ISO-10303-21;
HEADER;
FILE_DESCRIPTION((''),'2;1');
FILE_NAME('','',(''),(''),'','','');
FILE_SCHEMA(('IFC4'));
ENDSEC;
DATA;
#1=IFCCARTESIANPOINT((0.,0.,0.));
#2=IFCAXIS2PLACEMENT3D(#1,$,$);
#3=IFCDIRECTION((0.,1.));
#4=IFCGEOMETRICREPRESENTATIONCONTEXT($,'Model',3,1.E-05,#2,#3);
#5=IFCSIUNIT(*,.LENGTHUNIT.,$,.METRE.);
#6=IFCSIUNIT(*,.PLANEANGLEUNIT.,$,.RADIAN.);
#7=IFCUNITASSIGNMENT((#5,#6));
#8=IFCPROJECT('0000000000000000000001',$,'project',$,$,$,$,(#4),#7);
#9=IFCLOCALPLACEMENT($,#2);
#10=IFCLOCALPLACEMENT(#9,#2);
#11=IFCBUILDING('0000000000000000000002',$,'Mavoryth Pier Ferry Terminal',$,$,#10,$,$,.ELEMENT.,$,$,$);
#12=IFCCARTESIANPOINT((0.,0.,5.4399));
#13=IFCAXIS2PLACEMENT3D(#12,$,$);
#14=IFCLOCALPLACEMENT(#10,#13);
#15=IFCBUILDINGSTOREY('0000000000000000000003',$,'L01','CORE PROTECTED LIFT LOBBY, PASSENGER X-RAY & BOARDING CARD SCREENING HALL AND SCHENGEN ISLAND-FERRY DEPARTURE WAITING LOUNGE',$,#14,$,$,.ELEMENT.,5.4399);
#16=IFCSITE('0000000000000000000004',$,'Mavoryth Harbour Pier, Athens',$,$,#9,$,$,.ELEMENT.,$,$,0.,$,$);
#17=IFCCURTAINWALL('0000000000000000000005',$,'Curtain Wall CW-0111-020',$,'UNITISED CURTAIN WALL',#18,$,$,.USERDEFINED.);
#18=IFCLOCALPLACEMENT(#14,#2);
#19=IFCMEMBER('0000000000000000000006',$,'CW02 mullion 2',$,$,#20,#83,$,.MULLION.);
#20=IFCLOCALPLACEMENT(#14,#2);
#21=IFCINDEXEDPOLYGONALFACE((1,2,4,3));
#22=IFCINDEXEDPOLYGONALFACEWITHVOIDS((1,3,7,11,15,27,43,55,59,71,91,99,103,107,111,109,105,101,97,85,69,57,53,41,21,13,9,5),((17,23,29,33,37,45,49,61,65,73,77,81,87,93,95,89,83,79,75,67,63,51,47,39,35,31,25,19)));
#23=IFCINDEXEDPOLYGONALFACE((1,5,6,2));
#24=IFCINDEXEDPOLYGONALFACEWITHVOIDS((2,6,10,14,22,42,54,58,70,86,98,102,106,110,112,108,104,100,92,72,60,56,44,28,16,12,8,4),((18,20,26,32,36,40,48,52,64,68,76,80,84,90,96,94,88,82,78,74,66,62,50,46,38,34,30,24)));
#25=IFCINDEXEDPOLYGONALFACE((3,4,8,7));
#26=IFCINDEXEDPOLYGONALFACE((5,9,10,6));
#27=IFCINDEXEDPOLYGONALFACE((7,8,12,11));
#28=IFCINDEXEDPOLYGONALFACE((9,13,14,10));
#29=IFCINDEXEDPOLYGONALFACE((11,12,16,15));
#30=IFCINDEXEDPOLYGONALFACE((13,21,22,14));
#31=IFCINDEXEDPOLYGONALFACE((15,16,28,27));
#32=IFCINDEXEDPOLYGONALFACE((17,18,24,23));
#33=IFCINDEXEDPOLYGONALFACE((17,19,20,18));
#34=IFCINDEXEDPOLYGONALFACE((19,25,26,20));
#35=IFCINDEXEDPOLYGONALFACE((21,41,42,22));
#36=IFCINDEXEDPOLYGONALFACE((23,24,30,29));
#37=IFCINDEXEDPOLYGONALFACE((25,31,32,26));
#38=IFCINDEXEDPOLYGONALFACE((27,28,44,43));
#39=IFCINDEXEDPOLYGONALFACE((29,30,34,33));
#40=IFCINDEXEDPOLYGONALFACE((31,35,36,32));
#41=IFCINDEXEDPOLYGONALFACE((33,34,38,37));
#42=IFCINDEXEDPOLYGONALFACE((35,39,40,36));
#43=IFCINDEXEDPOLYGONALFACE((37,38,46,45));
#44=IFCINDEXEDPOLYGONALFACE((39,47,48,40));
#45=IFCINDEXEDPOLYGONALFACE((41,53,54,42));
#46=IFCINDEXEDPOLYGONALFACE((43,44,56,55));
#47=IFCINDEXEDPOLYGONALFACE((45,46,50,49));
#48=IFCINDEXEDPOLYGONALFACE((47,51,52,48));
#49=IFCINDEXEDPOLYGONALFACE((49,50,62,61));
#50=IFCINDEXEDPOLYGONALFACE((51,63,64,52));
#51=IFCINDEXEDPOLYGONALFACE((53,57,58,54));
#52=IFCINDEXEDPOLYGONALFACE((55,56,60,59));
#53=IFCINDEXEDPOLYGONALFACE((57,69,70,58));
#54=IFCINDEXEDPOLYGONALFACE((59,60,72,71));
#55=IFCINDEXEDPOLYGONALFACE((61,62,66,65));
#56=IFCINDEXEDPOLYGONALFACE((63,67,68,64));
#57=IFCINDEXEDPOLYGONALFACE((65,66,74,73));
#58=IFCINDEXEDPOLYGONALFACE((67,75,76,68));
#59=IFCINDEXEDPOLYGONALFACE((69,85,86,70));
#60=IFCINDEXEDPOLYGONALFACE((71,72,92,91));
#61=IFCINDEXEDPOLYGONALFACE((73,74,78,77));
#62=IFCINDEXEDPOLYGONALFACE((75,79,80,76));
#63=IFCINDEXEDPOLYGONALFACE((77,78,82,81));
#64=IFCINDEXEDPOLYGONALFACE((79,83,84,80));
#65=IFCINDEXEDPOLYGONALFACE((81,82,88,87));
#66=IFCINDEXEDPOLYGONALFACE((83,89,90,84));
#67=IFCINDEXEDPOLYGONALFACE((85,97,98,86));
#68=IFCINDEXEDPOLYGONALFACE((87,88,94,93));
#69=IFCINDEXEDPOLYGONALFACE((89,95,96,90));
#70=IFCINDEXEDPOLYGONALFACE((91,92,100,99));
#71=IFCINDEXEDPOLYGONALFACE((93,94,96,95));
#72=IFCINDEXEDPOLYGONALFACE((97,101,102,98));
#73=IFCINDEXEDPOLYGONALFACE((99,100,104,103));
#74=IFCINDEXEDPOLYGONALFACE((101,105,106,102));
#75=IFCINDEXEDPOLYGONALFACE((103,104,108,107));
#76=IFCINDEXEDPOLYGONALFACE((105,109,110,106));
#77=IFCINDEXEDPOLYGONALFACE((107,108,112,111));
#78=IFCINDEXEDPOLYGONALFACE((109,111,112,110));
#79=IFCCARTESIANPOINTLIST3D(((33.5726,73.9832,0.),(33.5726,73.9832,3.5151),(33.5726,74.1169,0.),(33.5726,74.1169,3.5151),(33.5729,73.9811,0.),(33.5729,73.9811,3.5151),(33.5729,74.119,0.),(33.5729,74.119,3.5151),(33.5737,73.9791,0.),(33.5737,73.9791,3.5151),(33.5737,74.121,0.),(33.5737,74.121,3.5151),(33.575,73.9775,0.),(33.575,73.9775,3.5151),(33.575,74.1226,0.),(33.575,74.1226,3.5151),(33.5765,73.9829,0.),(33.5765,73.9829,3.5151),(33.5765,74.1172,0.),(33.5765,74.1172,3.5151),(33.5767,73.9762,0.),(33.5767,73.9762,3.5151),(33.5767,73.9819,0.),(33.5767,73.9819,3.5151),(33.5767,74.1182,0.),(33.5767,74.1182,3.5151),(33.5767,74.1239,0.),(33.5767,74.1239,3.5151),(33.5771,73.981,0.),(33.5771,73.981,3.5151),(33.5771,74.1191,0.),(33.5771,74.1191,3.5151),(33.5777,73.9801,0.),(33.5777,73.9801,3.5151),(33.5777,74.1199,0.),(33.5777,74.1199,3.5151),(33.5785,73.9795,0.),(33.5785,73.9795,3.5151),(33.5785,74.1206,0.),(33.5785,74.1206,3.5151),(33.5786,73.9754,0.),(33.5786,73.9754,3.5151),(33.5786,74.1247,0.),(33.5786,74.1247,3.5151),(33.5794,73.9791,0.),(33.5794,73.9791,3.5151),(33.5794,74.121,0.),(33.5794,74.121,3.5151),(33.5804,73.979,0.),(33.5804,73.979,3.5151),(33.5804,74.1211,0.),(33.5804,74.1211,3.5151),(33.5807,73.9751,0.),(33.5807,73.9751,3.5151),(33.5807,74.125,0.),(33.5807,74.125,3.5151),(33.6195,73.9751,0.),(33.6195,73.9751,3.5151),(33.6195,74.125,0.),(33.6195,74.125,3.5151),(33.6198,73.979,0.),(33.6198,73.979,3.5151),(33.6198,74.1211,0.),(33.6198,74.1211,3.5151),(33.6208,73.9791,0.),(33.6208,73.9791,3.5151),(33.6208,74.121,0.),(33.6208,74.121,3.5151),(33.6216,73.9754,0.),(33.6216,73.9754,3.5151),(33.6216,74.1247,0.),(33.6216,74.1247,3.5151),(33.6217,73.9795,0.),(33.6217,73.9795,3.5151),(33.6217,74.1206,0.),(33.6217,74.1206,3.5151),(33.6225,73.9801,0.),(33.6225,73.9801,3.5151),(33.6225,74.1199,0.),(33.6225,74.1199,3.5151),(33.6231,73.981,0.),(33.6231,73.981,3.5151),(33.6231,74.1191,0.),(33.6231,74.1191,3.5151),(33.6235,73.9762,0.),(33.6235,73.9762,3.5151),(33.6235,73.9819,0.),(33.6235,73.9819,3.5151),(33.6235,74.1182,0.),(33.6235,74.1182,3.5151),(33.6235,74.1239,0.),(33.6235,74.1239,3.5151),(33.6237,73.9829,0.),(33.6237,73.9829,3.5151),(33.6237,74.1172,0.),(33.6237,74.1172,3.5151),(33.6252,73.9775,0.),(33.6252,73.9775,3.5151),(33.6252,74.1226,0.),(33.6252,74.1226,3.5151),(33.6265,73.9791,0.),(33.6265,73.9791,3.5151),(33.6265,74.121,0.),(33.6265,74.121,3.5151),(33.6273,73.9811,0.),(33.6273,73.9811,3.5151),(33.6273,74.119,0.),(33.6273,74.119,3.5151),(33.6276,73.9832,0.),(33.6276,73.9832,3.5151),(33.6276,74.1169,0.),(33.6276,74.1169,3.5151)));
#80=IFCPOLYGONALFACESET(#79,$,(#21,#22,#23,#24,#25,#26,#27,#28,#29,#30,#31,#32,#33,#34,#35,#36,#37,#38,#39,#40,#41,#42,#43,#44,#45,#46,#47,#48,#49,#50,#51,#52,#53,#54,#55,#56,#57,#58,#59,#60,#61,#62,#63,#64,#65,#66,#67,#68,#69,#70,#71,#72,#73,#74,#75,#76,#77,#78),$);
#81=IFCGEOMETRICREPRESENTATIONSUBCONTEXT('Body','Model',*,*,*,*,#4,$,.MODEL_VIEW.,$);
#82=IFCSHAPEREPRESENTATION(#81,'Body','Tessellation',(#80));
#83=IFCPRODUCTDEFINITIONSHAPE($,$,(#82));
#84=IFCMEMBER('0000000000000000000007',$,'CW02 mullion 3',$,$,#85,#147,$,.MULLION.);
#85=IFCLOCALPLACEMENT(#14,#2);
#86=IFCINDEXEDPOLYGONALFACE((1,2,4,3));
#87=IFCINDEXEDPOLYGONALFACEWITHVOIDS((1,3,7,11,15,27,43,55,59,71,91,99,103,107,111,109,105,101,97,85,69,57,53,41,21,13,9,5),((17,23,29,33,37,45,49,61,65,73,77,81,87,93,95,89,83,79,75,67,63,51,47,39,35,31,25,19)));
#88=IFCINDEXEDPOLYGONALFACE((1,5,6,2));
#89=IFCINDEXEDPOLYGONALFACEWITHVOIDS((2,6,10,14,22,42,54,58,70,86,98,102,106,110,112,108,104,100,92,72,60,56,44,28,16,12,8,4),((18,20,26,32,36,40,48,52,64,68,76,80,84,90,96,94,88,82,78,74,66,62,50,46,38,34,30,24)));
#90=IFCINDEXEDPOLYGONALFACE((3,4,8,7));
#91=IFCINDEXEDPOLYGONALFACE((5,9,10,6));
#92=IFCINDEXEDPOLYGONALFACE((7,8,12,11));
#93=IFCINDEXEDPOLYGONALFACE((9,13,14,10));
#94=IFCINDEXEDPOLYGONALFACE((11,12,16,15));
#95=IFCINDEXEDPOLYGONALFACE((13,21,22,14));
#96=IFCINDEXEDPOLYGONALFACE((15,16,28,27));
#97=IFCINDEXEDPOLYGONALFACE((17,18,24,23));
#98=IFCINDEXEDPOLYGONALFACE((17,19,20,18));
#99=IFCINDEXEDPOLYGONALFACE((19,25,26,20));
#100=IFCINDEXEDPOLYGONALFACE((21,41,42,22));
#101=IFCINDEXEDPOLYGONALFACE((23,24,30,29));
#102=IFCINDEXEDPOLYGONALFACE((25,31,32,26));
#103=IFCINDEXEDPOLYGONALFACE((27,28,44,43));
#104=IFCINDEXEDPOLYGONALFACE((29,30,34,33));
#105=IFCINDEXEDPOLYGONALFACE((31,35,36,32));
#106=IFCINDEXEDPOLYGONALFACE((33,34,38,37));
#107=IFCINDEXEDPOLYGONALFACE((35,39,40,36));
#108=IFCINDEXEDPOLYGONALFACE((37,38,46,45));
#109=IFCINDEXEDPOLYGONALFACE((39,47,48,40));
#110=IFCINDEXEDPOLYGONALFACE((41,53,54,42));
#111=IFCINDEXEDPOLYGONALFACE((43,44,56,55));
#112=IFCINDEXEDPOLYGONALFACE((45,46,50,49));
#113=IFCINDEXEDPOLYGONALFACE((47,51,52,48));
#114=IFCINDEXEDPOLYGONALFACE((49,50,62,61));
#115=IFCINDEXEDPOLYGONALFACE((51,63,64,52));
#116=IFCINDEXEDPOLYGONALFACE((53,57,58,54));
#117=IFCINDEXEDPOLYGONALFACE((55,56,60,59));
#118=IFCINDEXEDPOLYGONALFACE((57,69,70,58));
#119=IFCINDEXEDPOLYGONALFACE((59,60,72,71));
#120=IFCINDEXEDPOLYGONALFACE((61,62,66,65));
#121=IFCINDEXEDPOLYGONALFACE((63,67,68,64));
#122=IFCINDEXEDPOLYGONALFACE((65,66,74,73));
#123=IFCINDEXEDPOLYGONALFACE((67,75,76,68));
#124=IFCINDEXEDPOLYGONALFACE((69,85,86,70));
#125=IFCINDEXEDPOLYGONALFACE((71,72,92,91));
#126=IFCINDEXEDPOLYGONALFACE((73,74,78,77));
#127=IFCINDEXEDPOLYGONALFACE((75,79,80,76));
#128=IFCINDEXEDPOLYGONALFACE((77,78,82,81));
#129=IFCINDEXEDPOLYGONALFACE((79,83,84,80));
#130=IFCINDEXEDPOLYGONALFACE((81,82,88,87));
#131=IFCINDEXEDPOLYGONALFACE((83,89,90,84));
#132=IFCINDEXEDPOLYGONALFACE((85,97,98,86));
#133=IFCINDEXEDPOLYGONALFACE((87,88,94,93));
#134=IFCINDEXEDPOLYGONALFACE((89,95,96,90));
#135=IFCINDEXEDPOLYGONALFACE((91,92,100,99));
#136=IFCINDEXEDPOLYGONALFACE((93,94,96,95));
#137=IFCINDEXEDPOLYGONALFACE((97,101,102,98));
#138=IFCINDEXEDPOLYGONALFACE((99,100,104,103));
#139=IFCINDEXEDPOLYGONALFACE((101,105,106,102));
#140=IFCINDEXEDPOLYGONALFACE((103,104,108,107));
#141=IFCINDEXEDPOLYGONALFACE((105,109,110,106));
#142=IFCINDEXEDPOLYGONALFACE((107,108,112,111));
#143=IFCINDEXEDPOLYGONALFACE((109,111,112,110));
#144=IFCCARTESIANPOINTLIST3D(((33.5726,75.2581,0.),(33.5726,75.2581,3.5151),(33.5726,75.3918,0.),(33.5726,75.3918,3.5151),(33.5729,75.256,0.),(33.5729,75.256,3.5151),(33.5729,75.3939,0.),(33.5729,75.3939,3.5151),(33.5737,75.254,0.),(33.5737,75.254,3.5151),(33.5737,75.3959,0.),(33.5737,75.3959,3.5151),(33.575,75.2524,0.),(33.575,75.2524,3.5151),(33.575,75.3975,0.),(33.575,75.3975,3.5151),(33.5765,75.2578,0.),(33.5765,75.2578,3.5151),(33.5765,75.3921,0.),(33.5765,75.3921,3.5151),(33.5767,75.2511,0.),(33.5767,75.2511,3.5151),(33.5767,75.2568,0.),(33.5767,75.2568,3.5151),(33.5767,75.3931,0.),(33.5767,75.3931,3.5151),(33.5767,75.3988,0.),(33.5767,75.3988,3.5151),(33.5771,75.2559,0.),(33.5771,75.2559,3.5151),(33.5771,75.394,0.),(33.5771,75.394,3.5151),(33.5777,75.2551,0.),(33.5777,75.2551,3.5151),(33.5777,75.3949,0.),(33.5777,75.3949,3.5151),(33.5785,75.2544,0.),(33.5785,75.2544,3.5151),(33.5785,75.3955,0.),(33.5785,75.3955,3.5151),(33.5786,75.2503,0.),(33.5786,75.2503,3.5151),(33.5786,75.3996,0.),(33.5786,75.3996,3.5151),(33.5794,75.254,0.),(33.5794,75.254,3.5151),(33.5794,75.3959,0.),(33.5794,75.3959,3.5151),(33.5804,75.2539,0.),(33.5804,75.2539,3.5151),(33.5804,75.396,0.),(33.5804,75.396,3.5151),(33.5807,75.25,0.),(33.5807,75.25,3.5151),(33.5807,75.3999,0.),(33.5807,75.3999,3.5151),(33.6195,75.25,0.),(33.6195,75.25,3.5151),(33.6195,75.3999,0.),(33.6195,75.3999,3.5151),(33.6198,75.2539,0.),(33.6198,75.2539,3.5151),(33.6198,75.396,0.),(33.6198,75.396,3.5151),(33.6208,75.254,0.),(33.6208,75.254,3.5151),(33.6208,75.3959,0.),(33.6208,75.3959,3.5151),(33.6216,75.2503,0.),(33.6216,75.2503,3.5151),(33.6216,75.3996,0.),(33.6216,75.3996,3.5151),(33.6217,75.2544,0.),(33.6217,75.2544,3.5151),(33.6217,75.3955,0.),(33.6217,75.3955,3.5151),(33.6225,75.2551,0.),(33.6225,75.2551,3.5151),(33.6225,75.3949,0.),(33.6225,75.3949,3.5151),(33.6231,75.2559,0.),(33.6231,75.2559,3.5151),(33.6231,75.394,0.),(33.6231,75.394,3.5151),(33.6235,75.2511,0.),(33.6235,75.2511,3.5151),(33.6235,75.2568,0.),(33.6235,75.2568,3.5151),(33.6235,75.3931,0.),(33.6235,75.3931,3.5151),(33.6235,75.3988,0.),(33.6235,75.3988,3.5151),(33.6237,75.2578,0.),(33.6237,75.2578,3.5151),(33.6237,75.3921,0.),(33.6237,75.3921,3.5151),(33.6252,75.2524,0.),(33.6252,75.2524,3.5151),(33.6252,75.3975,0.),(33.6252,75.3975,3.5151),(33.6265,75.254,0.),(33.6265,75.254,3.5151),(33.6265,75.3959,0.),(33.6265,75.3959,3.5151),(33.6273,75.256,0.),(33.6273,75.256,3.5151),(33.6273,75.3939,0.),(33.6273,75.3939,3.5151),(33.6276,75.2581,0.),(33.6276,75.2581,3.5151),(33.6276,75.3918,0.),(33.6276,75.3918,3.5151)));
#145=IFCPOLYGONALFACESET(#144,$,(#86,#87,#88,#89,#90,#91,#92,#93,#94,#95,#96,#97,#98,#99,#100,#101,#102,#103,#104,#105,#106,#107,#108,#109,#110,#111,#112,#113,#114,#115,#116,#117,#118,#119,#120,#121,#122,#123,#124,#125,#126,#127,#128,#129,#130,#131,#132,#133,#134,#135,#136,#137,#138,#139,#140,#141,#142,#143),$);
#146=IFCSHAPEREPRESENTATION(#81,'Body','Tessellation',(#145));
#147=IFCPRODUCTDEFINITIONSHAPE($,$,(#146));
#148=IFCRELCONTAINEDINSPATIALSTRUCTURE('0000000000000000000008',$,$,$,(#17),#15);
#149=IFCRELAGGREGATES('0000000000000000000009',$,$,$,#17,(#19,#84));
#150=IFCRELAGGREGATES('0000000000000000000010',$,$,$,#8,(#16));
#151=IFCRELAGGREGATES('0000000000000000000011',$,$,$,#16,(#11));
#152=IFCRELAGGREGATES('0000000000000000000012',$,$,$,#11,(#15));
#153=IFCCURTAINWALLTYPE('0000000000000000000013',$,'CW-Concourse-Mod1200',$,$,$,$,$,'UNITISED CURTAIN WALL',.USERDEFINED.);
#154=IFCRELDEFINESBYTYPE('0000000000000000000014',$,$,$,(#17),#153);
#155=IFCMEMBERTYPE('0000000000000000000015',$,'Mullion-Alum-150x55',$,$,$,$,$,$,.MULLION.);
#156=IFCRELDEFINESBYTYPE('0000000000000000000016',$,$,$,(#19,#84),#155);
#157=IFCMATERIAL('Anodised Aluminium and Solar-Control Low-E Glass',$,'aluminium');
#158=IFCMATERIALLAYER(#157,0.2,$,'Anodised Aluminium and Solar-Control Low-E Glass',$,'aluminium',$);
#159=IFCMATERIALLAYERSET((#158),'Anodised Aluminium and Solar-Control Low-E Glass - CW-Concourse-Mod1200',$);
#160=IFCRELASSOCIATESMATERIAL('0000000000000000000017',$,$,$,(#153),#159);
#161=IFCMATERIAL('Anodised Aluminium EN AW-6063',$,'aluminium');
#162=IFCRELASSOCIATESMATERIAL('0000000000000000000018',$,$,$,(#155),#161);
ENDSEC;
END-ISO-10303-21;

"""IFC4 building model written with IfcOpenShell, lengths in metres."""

from ifc_helpers import new_model, si_unit, direction, frame, origin, origin_2d, place, context, subcontext, project, spatial, hollow_rectangle, extrude, material, layer, layer_set, material_profile, profile_set, type_object, element, aggregate, save


model = new_model("IFC4")

# Units and contexts
model_context = context("Model", 3, precision=1e-05, world=origin(), true_north=direction((0.0, 1.0)))
body_context = subcontext(model_context, "Body", "Model", "MODEL_VIEW")
ifc_project = project(units=[si_unit("LENGTHUNIT", "METRE"), si_unit("PLANEANGLEUNIT", "RADIAN")], contexts=[model_context])

# Site, building, storey
site_placement = place(None, origin())
site = spatial("IfcSite", under=ifc_project, at=site_placement, Name="Mavoryth Harbour Pier, Athens", CompositionType="ELEMENT", RefElevation=0.0)
building_placement = place(site_placement, origin())
building = spatial("IfcBuilding", under=site, at=building_placement, Name="Mavoryth Pier Ferry Terminal", CompositionType="ELEMENT")
storey_placement = place(building_placement, frame((0.0, 0.0, 5.4399)))
storey = spatial("IfcBuildingStorey", under=building, at=storey_placement, Name="L01", Description="CORE PROTECTED LIFT LOBBY, PASSENGER X-RAY & BOARDING CARD SCREENING HALL AND SCHENGEN ISLAND-FERRY DEPARTURE WAITING LOUNGE", CompositionType="ELEMENT", Elevation=5.4399)

# Curtain wall, members
ifc_material_1 = material(Name="Anodised Aluminium and Solar-Control Low-E Glass", Category="aluminium")
ifc_layer_1 = layer(ifc_material_1, 0.2, Name="Anodised Aluminium and Solar-Control Low-E Glass", Category="aluminium")
ifc_layer_set_1 = layer_set([ifc_layer_1], Name="Anodised Aluminium and Solar-Control Low-E Glass - CW-Concourse-Mod1200")
curtain_wall_type = type_object("IfcCurtainWallType", Name="CW-Concourse-Mod1200", ElementType="UNITISED CURTAIN WALL", PredefinedType="USERDEFINED", material=ifc_layer_set_1)
curtain_wall_placement = place(storey_placement, origin())
curtain_wall = element("IfcCurtainWall", 1, at=curtain_wall_placement, inside=storey, type_object=curtain_wall_type, Name="Curtain Wall CW-0111-020", ObjectType="UNITISED CURTAIN WALL", PredefinedType="USERDEFINED")
ifc_material_2 = material(Name="Anodised Aluminium EN AW-6063", Category="aluminium")
ifc_material_profile_1 = material_profile(ifc_material_2, hollow_rectangle(XDim=0.0549, YDim=0.1499, WallThickness=0.0039, InnerFilletRadius=0.0039, OuterFilletRadius=0.0081, at=origin_2d()), Name="AL-MULL 150x55x4", Category="aluminium")
ifc_profile_set_1 = profile_set([ifc_material_profile_1], Name="Anodised Aluminium EN AW-6063 - AL-MULL 150x55x4")
member_type_1 = type_object("IfcMemberType", Name="Mullion-Alum-150x55", PredefinedType="MULLION", material=ifc_profile_set_1)
member_1_placement = place(storey_placement, frame((33.6001, 74.05, 0.0), z_axis=(0.0, 0.0, 1.0), x_axis=(-1.0, 0.0, 0.0)))
member_1 = element("IfcMember", 2, at=member_1_placement, type_object=member_type_1, Name="CW02 mullion 2", PredefinedType="MULLION", context=body_context, shape_type="SweptSolid", body=[
    extrude(hollow_rectangle(XDim=0.0549, YDim=0.1499, WallThickness=0.0039, InnerFilletRadius=0.0039, OuterFilletRadius=0.0081, at=origin_2d()), origin(), (0.0, 0.0, 1.0), 3.5151),
])
member_2_placement = place(storey_placement, frame((33.6001, 75.325, 0.0), z_axis=(0.0, 0.0, 1.0), x_axis=(-1.0, 0.0, 0.0)))
member_2 = element("IfcMember", 3, at=member_2_placement, type_object=member_type_1, Name="CW02 mullion 3", PredefinedType="MULLION", context=body_context, shape_type="SweptSolid", body=[
    extrude(hollow_rectangle(XDim=0.0549, YDim=0.1499, WallThickness=0.0039, InnerFilletRadius=0.0039, OuterFilletRadius=0.0081, at=origin_2d()), origin(), (0.0, 0.0, 1.0), 3.5151),
])
aggregate(curtain_wall, [member_1, member_2])

save(model, "model.ifc")
